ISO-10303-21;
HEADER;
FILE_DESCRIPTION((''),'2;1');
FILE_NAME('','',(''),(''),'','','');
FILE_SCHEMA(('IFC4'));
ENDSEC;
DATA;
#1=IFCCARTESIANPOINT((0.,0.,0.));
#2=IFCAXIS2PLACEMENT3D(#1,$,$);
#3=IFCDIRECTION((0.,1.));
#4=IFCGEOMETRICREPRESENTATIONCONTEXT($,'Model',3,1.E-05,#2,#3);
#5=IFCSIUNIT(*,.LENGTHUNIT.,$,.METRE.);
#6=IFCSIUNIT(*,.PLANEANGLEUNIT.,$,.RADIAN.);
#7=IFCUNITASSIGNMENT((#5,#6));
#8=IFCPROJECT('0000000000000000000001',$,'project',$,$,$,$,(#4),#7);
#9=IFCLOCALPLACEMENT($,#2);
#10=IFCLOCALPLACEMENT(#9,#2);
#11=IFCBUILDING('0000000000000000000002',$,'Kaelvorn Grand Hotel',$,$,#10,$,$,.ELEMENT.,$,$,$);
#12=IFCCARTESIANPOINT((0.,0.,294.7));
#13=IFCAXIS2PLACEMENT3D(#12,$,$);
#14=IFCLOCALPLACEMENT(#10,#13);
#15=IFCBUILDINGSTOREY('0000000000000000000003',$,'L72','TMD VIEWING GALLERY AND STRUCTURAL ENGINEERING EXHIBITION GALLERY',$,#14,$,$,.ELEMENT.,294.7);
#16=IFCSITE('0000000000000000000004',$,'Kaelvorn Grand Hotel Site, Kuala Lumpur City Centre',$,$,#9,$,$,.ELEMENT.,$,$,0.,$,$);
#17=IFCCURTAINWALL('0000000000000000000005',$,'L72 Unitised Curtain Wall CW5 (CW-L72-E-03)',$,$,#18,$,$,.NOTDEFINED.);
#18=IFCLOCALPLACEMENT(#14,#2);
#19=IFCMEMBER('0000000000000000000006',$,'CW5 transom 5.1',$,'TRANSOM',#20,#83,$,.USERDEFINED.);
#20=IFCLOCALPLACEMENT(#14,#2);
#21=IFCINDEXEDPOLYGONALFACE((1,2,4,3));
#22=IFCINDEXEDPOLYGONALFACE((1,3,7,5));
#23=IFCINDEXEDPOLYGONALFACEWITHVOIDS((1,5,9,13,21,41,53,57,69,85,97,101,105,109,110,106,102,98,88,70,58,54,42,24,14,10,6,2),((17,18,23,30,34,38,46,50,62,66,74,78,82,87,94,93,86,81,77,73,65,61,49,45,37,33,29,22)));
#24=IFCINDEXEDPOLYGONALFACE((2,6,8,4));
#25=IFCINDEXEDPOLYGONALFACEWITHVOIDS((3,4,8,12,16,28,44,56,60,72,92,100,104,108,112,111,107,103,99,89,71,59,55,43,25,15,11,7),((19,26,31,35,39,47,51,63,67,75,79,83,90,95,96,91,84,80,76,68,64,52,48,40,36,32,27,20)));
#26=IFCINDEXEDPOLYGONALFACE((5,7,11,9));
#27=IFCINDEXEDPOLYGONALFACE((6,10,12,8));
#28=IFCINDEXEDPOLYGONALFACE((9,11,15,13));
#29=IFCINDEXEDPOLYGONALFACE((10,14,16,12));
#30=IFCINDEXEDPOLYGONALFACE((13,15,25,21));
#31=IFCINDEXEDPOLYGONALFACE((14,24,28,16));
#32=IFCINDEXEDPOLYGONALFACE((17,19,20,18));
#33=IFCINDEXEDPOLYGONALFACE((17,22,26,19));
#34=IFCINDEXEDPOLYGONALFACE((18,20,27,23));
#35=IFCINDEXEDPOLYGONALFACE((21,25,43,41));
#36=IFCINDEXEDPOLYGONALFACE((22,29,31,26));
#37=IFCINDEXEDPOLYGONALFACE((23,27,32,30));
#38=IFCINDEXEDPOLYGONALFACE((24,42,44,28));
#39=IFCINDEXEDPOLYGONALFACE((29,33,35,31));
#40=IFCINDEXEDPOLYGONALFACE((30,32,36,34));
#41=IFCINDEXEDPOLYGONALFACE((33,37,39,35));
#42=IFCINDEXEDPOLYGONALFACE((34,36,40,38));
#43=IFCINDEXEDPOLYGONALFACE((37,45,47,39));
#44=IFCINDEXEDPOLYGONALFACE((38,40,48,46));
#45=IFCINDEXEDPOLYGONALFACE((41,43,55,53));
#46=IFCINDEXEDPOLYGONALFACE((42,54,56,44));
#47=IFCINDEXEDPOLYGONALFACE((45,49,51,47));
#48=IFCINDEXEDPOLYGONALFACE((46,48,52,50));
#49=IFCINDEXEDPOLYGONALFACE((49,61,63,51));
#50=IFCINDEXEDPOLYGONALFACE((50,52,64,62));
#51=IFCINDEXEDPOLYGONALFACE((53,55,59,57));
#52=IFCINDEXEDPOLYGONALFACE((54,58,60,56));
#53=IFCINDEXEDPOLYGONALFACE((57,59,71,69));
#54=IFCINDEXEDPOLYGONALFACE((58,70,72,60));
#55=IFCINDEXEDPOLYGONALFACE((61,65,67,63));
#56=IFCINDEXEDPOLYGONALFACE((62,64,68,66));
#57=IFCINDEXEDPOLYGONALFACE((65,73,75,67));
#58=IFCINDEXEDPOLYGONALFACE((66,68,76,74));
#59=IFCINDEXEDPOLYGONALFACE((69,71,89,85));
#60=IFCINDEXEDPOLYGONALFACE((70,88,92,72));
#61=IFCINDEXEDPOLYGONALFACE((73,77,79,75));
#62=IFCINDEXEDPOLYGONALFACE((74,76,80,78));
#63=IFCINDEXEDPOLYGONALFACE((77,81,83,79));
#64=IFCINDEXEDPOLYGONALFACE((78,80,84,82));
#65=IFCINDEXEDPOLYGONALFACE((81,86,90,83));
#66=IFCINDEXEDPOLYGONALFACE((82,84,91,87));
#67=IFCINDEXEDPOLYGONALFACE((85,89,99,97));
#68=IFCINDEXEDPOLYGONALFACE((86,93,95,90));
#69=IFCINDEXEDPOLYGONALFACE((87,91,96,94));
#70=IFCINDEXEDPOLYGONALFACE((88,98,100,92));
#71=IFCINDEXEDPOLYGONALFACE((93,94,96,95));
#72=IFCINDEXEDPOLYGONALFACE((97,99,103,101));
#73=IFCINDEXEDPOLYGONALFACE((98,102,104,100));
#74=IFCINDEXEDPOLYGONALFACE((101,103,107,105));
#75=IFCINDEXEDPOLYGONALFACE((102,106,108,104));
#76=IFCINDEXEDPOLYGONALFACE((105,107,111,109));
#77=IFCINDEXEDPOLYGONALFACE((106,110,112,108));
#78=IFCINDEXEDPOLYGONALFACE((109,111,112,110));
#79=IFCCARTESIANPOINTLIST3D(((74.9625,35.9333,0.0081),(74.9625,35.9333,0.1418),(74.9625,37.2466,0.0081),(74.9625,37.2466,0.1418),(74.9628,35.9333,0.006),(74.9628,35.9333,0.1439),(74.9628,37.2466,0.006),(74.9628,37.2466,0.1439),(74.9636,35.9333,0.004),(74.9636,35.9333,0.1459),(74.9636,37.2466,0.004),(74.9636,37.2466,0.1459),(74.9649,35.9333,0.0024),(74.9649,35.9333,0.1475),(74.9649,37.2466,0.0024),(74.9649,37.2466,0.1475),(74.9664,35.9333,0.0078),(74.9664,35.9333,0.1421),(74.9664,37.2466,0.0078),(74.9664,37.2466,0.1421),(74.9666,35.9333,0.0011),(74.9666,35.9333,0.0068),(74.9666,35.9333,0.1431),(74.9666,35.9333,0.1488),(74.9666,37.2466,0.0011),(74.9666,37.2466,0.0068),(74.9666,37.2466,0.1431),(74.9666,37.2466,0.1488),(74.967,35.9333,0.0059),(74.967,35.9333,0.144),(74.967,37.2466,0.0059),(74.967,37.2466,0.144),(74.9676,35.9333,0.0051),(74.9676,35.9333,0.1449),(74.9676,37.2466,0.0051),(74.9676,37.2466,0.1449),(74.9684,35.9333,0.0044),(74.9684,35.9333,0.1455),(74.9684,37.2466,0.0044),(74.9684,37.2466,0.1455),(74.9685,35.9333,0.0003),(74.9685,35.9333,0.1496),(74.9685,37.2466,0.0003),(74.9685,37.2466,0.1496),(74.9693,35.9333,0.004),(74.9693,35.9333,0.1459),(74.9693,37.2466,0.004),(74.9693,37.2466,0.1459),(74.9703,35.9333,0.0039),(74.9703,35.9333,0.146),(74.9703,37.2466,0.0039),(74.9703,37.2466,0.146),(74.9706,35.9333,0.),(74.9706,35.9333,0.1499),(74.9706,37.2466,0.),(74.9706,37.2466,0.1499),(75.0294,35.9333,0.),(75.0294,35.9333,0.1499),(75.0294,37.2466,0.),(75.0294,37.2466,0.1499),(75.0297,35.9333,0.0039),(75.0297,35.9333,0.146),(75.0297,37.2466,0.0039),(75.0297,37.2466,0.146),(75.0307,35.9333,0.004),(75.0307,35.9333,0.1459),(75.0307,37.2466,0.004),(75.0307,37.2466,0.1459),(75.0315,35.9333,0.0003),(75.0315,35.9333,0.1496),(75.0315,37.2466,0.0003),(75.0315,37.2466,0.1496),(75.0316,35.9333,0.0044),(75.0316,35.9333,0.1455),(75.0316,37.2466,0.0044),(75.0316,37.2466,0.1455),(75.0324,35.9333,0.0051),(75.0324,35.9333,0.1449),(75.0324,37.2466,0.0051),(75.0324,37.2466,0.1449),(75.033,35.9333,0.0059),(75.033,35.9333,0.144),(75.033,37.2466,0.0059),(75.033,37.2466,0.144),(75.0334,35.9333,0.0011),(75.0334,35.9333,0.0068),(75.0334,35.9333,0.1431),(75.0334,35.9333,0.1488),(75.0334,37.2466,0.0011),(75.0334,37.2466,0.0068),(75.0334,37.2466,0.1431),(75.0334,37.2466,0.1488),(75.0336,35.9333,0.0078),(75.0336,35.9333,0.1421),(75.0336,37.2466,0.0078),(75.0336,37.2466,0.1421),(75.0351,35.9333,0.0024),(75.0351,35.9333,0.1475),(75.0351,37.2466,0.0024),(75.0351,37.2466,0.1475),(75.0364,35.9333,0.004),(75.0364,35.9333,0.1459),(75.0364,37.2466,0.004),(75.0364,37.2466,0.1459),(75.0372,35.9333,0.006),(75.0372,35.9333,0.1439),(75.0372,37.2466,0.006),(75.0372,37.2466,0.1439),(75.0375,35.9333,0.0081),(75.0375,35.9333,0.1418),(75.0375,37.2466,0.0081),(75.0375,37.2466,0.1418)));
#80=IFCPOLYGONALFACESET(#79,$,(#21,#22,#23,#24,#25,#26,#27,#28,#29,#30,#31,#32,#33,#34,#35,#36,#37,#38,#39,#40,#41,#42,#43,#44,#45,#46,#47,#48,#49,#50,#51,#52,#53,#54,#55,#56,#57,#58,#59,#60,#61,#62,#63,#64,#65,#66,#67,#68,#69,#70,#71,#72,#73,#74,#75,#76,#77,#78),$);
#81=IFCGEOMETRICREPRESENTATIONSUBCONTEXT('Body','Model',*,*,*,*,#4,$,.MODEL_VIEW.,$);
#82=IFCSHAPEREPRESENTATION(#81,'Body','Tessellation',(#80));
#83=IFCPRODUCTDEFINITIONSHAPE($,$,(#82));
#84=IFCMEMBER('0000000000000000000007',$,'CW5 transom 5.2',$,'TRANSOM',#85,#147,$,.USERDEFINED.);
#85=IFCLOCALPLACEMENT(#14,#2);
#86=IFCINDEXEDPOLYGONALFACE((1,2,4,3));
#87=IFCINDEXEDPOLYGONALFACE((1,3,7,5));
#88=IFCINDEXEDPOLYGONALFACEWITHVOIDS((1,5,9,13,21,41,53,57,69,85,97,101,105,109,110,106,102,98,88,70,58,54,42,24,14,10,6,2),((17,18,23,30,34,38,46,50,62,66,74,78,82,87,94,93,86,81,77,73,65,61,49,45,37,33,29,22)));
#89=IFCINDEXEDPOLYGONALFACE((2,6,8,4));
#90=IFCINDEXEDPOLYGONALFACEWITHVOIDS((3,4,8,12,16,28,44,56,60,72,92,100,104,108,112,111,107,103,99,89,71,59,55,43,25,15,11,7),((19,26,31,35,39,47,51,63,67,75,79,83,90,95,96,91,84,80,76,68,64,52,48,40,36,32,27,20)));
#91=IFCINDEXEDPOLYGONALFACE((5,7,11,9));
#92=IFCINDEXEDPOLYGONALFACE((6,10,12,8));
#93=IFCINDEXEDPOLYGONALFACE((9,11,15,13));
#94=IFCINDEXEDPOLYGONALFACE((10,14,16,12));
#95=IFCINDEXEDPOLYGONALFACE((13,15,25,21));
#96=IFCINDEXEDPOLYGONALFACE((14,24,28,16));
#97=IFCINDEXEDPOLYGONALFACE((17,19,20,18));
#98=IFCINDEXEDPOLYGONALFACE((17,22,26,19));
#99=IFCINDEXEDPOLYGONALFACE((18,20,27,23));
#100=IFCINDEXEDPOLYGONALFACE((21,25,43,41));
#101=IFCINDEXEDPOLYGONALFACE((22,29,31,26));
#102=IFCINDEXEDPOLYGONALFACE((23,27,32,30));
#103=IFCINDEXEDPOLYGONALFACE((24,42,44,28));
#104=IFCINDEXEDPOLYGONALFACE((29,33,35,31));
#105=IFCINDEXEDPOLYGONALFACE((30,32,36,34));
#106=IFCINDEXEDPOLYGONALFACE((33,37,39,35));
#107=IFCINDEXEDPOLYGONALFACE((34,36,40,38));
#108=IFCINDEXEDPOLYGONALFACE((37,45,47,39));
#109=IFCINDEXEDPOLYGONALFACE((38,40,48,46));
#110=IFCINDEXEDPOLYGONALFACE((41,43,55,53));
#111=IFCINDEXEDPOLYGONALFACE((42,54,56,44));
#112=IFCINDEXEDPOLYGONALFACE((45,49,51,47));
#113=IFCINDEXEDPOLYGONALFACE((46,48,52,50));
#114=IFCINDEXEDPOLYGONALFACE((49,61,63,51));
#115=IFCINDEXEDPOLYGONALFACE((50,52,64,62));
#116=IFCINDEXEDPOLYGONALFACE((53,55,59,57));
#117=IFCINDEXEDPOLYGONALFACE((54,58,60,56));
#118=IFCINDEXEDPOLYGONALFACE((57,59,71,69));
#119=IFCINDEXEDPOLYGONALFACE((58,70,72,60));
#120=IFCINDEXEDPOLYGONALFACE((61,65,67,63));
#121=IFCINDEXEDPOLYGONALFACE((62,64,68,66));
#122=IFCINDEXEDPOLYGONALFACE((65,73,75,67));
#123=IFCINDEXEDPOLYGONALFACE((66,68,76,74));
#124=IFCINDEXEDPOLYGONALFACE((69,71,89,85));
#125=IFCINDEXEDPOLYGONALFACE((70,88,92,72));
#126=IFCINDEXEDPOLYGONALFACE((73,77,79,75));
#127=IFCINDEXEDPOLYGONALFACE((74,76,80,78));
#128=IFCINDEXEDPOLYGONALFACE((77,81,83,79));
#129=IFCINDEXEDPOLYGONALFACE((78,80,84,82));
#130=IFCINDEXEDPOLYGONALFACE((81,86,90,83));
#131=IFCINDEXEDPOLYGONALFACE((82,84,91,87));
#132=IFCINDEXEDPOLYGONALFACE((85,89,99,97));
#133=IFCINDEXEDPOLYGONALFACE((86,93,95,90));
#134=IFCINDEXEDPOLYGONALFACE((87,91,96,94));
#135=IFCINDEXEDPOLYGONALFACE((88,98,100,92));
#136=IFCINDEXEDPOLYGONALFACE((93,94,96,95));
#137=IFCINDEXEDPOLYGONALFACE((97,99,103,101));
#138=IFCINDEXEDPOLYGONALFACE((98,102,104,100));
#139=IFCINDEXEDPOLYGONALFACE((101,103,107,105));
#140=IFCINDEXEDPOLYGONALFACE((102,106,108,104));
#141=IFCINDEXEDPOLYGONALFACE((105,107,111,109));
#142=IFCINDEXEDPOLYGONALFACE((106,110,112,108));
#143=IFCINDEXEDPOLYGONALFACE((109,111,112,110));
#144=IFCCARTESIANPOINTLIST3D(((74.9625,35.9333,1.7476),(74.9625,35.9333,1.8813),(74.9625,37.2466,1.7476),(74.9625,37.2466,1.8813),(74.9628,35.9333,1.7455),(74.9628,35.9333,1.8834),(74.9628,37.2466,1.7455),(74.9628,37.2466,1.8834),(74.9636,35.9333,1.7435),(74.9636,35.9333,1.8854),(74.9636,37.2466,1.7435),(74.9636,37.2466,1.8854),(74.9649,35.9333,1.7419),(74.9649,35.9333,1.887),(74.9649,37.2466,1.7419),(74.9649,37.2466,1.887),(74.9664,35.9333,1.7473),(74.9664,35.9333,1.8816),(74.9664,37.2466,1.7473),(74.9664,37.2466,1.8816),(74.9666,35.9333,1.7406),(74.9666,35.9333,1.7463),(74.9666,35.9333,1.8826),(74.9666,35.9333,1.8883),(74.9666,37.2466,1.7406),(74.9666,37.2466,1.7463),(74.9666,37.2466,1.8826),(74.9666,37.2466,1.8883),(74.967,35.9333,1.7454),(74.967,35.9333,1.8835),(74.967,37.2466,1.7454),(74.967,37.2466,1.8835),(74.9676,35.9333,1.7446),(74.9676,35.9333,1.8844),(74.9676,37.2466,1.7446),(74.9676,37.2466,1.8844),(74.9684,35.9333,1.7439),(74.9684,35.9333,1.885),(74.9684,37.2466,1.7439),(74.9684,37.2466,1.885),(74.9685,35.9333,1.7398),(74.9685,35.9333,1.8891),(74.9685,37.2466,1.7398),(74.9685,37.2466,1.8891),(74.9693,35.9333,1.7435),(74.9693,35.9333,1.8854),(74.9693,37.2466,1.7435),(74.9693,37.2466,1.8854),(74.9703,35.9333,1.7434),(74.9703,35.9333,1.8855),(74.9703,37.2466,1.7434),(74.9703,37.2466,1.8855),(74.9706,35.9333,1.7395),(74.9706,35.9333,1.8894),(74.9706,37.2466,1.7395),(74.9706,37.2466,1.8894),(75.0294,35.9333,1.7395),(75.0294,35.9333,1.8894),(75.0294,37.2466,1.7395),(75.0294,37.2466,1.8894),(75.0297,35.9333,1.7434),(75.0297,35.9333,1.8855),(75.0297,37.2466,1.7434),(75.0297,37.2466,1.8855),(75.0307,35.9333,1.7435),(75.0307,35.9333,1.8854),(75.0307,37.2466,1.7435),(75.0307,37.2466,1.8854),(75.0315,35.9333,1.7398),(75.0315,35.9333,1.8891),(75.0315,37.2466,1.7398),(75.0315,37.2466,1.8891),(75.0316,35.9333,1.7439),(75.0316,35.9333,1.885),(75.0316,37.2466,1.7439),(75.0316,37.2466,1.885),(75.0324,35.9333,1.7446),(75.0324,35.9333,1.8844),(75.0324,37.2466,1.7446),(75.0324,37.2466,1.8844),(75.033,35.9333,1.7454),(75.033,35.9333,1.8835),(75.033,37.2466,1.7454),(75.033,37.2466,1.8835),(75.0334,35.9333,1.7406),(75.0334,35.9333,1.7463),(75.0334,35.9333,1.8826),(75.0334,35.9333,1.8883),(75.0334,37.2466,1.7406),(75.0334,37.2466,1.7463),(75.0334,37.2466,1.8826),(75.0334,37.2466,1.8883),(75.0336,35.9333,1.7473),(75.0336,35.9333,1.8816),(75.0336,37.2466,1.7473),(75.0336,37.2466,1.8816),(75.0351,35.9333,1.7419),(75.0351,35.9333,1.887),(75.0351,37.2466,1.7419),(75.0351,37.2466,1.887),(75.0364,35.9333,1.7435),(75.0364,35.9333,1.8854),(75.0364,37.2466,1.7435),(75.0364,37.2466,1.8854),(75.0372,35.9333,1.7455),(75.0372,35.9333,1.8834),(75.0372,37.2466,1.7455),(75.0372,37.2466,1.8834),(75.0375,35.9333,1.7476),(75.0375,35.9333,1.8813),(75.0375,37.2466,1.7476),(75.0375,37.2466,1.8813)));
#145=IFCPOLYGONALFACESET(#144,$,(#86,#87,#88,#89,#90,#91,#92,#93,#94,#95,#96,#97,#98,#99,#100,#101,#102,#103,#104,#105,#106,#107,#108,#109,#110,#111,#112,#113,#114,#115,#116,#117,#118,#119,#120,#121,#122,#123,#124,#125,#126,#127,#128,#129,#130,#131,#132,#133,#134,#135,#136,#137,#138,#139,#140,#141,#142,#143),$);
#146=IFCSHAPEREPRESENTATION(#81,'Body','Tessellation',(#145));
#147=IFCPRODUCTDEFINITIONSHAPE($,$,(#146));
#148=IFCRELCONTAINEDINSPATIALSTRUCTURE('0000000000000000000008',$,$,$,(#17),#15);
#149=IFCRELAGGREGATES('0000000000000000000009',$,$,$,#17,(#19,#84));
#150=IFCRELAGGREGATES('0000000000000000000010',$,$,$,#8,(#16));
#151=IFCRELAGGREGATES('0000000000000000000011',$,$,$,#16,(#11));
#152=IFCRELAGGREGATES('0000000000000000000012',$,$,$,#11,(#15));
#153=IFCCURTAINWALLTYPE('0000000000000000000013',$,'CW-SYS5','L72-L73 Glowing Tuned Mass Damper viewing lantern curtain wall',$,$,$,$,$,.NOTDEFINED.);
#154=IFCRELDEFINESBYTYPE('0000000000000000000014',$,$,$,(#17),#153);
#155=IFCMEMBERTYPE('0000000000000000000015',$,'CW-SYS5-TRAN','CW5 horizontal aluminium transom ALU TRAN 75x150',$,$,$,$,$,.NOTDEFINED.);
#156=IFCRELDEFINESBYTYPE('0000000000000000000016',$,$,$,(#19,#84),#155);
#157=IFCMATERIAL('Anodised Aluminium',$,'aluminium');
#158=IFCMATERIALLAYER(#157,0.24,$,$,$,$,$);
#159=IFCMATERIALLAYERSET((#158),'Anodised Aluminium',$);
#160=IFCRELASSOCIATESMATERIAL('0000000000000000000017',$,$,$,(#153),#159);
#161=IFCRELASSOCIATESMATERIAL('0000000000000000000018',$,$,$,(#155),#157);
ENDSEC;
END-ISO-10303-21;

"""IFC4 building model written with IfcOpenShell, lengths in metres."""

from ifc_helpers import new_model, si_unit, direction, frame, origin, origin_2d, place, context, subcontext, project, spatial, hollow_rectangle, extrude, material, layer, layer_set, material_profile, profile_set, type_object, element, aggregate, save


model = new_model("IFC4")

# Units and contexts
model_context = context("Model", 3, precision=1e-05, world=origin(), true_north=direction((0.0, 1.0)))
body_context = subcontext(model_context, "Body", "Model", "MODEL_VIEW")
ifc_project = project(units=[si_unit("LENGTHUNIT", "METRE"), si_unit("PLANEANGLEUNIT", "RADIAN")], contexts=[model_context])

# Site, building, storey
site_placement = place(None, origin())
site = spatial("IfcSite", under=ifc_project, at=site_placement, Name="Kaelvorn Grand Hotel Site, Kuala Lumpur City Centre", CompositionType="ELEMENT", RefElevation=0.0)
building_placement = place(site_placement, origin())
building = spatial("IfcBuilding", under=site, at=building_placement, Name="Kaelvorn Grand Hotel", CompositionType="ELEMENT")
storey_placement = place(building_placement, frame((0.0, 0.0, 294.7)))
storey = spatial("IfcBuildingStorey", under=building, at=storey_placement, Name="L72", Description="TMD VIEWING GALLERY AND STRUCTURAL ENGINEERING EXHIBITION GALLERY", CompositionType="ELEMENT", Elevation=294.7)

# Curtain wall, members
ifc_material_1 = material(Name="Anodised Aluminium", Category="aluminium")
ifc_layer_1 = layer(ifc_material_1, 0.24)
ifc_layer_set_1 = layer_set([ifc_layer_1], Name="Anodised Aluminium")
curtain_wall_type = type_object("IfcCurtainWallType", Name="CW-SYS5", Description="L72-L73 Glowing Tuned Mass Damper viewing lantern curtain wall", PredefinedType="NOTDEFINED", material=ifc_layer_set_1)
curtain_wall_placement = place(storey_placement, origin())
curtain_wall = element("IfcCurtainWall", 1, at=curtain_wall_placement, inside=storey, type_object=curtain_wall_type, Name="L72 Unitised Curtain Wall CW5 (CW-L72-E-03)", PredefinedType="NOTDEFINED")
ifc_material_profile_1 = material_profile(ifc_material_1, hollow_rectangle(XDim=0.075, YDim=0.1499, WallThickness=0.0039, InnerFilletRadius=0.0039, OuterFilletRadius=0.0081, at=origin_2d()), Name="ALU TRAN 75x150")
ifc_profile_set_1 = profile_set([ifc_material_profile_1], Name="Anodised Aluminium")
member_type_1 = type_object("IfcMemberType", Name="CW-SYS5-TRAN", Description="CW5 horizontal aluminium transom ALU TRAN 75x150", PredefinedType="NOTDEFINED", material=ifc_profile_set_1)
member_1_placement = place(storey_placement, frame((75.0, 35.9333, 0.075), z_axis=(0.0, 1.0, 0.0), x_axis=(-1.0, 0.0, 0.0)))
member_1 = element("IfcMember", 2, at=member_1_placement, type_object=member_type_1, Name="CW5 transom 5.1", ObjectType="TRANSOM", PredefinedType="USERDEFINED", context=body_context, shape_type="SweptSolid", body=[
    extrude(hollow_rectangle(XDim=0.075, YDim=0.1499, WallThickness=0.0039, InnerFilletRadius=0.0039, OuterFilletRadius=0.0081, at=origin_2d()), origin(), (0.0, 0.0, 1.0), 1.3132),
])
member_2_placement = place(storey_placement, frame((75.0, 35.9333, 1.8145), z_axis=(0.0, 1.0, 0.0), x_axis=(-1.0, 0.0, 0.0)))
member_2 = element("IfcMember", 3, at=member_2_placement, type_object=member_type_1, Name="CW5 transom 5.2", ObjectType="TRANSOM", PredefinedType="USERDEFINED", context=body_context, shape_type="SweptSolid", body=[
    extrude(hollow_rectangle(XDim=0.075, YDim=0.1499, WallThickness=0.0039, InnerFilletRadius=0.0039, OuterFilletRadius=0.0081, at=origin_2d()), origin(), (0.0, 0.0, 1.0), 1.3132),
])
aggregate(curtain_wall, [member_1, member_2])

save(model, "model.ifc")
